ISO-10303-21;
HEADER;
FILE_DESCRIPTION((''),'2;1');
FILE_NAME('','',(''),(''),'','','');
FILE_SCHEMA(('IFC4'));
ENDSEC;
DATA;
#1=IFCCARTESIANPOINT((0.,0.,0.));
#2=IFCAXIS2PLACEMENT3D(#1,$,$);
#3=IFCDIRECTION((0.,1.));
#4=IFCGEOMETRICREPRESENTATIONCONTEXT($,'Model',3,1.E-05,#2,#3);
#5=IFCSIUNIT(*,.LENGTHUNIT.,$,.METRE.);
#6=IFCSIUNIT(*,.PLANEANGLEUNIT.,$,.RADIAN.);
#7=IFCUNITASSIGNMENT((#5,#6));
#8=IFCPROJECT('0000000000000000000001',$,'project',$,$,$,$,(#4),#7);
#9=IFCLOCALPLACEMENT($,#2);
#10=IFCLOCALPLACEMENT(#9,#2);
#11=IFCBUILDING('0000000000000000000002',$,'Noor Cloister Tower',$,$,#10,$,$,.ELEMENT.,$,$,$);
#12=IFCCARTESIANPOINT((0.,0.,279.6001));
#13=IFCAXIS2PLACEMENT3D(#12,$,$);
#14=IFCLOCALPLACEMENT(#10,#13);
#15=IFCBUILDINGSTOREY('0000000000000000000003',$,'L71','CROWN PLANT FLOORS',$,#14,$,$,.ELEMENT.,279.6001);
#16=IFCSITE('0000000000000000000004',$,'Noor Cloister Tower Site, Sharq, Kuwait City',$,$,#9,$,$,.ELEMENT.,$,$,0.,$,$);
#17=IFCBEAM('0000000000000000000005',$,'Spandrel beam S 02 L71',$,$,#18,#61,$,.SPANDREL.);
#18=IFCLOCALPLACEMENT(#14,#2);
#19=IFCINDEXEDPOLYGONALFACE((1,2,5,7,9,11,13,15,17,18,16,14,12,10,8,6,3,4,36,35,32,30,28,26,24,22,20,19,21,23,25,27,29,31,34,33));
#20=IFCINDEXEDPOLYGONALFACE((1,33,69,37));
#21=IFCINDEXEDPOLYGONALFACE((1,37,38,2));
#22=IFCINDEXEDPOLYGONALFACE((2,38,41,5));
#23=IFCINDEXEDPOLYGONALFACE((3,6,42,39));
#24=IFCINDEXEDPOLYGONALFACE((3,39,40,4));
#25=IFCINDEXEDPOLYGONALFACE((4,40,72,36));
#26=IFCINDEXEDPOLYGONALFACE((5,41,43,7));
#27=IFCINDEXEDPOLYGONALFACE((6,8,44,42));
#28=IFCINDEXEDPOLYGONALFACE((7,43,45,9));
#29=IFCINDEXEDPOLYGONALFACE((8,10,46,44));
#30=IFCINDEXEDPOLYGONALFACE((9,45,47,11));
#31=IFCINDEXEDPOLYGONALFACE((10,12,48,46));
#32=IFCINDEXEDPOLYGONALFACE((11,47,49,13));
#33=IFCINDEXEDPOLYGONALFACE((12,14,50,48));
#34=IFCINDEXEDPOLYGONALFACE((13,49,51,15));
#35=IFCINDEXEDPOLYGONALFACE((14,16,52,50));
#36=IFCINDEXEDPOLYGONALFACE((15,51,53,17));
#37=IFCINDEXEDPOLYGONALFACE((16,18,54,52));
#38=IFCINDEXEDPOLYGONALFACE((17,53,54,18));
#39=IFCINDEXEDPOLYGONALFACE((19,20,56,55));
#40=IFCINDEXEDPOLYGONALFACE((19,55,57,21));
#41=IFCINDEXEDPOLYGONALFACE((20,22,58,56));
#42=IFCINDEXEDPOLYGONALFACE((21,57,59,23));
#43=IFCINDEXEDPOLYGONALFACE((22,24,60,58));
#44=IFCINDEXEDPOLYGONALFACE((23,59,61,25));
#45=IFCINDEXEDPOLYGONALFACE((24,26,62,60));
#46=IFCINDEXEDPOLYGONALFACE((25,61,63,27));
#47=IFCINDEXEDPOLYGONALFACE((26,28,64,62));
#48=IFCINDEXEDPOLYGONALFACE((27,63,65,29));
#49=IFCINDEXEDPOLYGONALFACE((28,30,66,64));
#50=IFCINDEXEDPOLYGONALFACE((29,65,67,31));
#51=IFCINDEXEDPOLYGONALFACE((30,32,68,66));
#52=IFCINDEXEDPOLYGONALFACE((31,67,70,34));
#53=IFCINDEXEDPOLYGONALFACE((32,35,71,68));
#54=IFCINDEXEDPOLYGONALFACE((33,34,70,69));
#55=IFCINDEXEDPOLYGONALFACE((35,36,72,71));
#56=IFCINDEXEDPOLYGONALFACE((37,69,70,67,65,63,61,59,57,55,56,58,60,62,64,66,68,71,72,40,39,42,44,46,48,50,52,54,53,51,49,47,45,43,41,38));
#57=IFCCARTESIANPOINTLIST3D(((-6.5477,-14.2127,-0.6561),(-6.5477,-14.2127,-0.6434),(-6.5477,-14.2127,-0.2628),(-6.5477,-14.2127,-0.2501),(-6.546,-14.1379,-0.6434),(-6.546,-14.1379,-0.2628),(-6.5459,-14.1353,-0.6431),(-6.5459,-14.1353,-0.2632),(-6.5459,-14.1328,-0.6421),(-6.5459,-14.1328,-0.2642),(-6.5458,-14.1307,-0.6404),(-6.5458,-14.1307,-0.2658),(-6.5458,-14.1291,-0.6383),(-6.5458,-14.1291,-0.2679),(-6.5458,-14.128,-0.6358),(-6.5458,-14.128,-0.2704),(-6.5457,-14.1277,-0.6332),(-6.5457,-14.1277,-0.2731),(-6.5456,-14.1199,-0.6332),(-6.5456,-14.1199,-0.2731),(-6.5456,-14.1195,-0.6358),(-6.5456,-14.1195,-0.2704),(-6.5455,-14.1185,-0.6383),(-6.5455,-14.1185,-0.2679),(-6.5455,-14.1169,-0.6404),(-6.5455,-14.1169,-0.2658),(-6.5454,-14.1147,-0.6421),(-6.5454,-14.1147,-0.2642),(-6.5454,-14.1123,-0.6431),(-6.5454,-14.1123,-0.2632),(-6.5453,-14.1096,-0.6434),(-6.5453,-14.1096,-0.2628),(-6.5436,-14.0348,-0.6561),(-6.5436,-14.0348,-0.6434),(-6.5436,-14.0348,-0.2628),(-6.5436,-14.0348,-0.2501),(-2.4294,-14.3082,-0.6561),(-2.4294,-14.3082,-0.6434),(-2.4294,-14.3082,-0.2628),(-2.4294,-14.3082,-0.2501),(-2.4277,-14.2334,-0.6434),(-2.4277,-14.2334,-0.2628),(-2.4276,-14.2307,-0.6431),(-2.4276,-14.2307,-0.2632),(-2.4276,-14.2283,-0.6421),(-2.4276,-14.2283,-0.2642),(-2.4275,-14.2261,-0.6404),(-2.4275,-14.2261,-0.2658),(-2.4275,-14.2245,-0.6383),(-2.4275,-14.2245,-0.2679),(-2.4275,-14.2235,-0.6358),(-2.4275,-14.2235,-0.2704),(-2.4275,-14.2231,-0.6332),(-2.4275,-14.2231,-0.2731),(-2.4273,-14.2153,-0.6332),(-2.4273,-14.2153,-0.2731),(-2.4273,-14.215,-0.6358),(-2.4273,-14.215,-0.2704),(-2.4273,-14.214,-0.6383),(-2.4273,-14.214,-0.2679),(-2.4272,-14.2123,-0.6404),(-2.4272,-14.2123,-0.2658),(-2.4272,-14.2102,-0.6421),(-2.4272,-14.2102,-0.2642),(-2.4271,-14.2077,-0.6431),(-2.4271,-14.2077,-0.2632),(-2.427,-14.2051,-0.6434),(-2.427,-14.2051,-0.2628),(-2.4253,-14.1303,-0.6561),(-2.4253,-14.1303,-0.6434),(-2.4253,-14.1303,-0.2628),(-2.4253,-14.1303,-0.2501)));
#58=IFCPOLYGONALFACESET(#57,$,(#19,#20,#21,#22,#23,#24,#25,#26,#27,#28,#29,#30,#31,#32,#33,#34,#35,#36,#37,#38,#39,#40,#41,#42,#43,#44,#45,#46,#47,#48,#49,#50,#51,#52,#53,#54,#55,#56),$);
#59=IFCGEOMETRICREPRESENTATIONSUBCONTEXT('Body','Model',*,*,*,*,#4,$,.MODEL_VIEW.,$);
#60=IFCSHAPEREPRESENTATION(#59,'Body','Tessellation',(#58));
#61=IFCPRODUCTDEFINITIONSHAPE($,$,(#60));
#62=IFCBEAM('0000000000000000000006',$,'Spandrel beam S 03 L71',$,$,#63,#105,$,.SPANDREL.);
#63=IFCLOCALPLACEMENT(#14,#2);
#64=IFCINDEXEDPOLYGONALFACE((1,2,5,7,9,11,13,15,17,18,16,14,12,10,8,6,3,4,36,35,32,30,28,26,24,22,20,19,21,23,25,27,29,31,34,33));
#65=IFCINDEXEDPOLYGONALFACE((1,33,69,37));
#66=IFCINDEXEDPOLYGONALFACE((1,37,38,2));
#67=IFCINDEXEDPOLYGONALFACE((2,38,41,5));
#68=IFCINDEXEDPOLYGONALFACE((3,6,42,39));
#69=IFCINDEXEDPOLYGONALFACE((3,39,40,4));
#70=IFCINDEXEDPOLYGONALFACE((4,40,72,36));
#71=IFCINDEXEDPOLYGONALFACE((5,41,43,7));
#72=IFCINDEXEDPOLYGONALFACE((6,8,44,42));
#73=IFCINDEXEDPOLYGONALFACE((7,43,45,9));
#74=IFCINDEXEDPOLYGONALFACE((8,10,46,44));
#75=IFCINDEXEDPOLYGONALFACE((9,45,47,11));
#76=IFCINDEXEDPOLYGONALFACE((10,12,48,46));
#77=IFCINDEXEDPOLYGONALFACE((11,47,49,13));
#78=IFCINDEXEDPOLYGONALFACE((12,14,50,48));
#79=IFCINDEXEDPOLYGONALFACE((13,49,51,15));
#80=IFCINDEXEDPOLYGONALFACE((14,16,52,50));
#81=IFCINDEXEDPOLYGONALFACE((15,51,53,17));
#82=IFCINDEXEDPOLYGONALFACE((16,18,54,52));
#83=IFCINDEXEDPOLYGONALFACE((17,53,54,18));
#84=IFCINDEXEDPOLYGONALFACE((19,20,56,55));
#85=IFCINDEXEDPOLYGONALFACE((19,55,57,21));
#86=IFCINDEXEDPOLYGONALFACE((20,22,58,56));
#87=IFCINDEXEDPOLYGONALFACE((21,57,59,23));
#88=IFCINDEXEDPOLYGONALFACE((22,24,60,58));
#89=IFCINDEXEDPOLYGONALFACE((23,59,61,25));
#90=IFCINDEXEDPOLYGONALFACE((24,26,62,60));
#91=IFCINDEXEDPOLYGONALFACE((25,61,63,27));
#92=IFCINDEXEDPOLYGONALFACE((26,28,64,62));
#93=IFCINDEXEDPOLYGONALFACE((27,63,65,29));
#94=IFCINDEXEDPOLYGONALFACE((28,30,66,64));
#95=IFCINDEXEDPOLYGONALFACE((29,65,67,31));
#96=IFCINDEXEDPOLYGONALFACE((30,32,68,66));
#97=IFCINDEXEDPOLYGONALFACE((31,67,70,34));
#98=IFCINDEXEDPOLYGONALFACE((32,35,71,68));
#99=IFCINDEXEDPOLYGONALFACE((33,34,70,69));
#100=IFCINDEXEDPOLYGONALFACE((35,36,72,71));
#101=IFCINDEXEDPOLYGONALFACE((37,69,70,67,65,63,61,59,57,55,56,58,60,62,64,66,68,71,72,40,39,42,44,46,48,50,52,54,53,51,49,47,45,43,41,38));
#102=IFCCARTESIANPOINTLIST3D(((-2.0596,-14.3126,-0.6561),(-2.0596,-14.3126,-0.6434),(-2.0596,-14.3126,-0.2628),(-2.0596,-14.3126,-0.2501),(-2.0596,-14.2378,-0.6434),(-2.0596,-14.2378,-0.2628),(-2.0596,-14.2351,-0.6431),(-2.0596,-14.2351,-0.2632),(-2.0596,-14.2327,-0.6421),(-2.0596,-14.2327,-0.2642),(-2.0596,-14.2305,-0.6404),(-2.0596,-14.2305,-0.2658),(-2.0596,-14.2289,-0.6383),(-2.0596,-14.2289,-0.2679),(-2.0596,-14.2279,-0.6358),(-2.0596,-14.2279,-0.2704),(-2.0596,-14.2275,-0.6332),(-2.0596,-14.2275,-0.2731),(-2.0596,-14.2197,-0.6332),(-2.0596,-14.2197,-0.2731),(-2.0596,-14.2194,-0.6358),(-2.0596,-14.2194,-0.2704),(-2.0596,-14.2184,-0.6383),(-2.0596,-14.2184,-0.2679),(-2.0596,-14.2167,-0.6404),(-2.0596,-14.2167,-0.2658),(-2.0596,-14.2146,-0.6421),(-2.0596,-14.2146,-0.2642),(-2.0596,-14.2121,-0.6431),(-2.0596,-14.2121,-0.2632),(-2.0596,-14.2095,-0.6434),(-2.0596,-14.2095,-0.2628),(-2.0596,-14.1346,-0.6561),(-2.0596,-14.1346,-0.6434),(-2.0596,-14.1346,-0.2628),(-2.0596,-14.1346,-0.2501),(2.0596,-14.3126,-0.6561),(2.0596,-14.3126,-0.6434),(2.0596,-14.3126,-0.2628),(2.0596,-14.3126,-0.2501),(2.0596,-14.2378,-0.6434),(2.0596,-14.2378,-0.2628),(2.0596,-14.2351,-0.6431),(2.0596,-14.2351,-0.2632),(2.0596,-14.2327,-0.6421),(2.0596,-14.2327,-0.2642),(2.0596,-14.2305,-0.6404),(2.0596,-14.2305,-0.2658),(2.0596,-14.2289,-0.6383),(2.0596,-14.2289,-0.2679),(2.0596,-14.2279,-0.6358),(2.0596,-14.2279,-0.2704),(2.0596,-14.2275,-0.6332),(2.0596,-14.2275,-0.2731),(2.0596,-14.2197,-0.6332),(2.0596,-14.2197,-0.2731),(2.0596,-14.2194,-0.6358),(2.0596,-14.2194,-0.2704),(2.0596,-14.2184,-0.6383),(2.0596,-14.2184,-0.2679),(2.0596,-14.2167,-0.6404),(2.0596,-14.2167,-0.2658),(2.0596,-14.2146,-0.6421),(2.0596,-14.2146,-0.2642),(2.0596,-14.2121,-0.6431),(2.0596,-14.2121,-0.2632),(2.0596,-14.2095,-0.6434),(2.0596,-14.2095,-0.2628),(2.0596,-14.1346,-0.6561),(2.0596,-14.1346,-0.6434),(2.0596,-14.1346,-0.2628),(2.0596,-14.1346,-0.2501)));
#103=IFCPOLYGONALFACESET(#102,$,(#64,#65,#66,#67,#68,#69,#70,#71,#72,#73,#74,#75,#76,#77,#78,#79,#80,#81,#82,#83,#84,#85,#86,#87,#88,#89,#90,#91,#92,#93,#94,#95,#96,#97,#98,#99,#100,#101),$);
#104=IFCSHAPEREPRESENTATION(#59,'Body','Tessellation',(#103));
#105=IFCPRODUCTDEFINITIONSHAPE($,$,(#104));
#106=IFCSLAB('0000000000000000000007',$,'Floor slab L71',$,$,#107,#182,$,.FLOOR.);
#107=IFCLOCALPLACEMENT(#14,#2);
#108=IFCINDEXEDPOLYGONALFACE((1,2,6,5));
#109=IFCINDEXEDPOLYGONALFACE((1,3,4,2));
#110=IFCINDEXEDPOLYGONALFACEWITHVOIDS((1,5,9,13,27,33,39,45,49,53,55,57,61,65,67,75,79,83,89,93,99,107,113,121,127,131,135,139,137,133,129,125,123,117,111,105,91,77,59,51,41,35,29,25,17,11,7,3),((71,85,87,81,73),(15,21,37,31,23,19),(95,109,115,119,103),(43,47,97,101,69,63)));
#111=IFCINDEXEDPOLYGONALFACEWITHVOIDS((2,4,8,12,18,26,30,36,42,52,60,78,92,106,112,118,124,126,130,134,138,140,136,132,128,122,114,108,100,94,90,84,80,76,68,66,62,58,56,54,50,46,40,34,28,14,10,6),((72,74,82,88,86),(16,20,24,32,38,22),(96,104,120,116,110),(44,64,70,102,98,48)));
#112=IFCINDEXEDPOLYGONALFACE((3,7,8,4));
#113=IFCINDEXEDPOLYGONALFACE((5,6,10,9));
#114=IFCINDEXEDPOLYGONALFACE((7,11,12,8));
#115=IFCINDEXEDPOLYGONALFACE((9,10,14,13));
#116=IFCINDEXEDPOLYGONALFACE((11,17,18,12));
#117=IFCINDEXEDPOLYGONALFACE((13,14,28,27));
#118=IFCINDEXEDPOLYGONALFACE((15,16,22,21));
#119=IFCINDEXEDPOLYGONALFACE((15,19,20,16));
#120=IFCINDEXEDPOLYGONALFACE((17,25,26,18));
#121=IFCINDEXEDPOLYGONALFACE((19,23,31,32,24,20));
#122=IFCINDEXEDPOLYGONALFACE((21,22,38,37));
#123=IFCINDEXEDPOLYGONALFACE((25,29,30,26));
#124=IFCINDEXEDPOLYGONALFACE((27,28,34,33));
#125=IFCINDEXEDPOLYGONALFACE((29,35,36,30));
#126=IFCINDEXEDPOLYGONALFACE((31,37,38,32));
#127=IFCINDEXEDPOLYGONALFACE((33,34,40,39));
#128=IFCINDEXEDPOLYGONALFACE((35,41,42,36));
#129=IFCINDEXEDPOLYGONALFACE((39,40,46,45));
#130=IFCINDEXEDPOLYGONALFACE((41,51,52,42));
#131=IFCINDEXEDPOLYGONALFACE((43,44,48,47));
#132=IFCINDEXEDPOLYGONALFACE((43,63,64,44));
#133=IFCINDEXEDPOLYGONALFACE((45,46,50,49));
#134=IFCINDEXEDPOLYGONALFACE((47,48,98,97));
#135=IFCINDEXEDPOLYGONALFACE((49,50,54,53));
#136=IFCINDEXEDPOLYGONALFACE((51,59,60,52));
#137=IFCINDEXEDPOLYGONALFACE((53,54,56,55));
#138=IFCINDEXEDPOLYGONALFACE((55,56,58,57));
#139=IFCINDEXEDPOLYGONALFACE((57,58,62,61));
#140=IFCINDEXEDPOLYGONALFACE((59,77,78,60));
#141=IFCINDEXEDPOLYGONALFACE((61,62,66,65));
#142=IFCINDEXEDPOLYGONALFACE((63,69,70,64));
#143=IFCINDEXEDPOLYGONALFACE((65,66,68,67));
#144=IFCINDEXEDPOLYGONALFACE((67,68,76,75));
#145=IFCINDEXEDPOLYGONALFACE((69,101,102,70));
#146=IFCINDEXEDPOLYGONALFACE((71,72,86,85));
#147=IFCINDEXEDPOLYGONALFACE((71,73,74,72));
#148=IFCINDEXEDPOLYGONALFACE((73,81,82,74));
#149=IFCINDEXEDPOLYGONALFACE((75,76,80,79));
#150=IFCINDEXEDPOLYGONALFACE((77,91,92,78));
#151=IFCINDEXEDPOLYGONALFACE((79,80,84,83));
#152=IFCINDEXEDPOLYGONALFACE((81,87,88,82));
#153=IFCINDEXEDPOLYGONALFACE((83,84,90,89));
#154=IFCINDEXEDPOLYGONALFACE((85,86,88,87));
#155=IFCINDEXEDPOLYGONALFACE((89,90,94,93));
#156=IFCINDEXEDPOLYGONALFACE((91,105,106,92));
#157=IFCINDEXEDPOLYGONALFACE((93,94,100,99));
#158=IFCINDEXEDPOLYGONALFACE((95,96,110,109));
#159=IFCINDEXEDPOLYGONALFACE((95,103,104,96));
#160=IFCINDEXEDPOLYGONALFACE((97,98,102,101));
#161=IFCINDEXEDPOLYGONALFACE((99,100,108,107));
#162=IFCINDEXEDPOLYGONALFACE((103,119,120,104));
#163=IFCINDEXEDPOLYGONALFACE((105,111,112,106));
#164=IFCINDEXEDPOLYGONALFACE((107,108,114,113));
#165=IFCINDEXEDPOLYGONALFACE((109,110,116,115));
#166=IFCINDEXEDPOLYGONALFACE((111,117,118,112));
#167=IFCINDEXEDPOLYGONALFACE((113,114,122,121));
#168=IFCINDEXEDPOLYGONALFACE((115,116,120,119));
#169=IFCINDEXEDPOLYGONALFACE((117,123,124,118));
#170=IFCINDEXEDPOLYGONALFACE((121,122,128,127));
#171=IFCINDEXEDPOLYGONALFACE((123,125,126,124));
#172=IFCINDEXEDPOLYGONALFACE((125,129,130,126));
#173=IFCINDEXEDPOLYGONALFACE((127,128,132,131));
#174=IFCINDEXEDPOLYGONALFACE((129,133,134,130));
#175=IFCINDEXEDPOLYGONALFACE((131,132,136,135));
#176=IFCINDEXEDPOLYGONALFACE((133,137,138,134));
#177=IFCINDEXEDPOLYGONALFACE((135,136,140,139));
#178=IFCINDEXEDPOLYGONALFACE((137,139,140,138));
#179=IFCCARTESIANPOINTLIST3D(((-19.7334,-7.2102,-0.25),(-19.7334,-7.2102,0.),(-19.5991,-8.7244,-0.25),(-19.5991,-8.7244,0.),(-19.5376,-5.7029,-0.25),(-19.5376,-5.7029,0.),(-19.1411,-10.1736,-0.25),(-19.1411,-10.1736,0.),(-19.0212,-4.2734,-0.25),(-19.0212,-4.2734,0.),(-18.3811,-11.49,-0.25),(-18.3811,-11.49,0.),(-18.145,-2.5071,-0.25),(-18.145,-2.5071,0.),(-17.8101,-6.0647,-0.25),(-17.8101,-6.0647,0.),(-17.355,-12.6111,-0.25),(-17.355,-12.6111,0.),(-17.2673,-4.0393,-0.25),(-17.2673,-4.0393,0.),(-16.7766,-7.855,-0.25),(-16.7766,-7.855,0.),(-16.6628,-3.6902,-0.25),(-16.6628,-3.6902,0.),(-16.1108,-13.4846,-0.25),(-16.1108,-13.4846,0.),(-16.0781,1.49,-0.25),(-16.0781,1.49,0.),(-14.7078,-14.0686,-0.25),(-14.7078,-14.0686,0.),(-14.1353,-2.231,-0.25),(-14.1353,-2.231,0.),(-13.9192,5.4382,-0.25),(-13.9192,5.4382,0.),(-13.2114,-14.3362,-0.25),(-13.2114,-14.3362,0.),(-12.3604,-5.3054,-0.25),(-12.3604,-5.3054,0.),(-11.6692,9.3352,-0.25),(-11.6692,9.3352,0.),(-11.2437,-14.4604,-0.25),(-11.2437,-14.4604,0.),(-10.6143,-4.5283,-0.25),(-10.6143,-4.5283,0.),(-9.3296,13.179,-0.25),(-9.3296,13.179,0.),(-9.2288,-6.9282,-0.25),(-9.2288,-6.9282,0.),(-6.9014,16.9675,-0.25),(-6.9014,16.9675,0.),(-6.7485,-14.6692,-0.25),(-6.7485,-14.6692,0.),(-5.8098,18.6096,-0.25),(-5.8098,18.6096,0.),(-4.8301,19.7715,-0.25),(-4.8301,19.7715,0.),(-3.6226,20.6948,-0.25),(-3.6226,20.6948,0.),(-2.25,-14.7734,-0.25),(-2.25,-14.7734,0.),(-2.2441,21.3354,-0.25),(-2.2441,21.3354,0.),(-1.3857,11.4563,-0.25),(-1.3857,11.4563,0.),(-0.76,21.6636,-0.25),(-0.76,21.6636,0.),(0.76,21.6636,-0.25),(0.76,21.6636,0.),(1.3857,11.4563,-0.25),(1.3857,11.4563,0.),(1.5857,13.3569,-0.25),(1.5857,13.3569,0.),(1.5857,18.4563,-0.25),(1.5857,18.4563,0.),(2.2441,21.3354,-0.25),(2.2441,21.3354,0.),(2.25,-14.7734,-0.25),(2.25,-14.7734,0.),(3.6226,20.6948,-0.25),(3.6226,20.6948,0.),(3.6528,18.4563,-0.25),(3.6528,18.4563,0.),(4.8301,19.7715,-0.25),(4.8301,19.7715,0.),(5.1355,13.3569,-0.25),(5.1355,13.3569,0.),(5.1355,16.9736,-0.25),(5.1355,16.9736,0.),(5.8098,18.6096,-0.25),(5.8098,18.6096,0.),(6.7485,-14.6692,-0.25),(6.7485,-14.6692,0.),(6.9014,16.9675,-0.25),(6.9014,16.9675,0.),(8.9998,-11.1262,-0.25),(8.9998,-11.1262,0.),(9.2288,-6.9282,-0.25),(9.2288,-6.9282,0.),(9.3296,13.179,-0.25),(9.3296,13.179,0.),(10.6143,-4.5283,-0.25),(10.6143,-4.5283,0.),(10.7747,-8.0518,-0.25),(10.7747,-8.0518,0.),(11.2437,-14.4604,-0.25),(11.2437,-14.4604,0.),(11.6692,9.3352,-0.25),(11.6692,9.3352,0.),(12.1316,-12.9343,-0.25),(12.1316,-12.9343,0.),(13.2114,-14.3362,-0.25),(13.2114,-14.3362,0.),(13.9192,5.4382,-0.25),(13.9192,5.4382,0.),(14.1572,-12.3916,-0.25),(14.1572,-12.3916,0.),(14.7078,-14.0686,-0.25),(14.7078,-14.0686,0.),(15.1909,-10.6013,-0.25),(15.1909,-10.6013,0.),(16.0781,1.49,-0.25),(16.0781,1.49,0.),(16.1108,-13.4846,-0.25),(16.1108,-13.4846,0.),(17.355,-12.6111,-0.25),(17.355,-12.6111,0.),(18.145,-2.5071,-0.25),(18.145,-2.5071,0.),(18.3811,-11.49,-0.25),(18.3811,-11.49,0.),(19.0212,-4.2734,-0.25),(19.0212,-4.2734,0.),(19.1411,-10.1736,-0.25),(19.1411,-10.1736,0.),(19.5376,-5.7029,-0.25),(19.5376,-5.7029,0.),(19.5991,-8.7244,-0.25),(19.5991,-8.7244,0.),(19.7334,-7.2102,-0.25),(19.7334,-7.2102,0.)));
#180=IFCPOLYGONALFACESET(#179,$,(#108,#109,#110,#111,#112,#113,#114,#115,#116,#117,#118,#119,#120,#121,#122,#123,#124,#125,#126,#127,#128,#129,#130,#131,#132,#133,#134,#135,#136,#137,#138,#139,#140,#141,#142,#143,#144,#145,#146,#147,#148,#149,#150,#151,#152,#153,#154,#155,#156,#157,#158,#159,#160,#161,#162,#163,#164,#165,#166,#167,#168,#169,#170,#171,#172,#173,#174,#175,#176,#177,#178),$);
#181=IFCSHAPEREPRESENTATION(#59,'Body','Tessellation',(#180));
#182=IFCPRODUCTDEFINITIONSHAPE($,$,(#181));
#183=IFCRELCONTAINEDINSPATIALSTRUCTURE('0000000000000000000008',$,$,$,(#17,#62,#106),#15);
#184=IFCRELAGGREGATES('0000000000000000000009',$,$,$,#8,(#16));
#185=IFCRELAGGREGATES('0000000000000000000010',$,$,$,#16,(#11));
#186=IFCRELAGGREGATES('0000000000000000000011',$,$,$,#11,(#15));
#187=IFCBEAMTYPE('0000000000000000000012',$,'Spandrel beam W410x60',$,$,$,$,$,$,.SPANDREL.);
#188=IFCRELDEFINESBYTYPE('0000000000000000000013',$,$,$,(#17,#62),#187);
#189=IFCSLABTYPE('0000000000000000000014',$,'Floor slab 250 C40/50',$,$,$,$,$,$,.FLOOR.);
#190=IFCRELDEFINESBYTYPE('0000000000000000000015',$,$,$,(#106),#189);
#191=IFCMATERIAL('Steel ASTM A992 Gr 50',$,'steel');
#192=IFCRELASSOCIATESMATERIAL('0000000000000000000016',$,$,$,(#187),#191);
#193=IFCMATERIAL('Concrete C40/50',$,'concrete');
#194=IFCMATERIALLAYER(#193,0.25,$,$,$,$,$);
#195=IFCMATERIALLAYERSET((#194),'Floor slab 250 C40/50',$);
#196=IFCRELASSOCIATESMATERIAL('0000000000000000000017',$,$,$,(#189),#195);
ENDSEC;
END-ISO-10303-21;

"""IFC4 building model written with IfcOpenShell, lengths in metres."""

from ifc_helpers import new_model, si_unit, direction, frame, origin, origin_2d, place, context, subcontext, project, spatial, polyline, i_section, outline, extrude, material, layer, layer_set, material_profile, profile_set, type_object, element, save


model = new_model("IFC4")

# Units and contexts
model_context = context("Model", 3, precision=1e-05, world=origin(), true_north=direction((0.0, 1.0)))
body_context = subcontext(model_context, "Body", "Model", "MODEL_VIEW")
ifc_project = project(units=[si_unit("LENGTHUNIT", "METRE"), si_unit("PLANEANGLEUNIT", "RADIAN")], contexts=[model_context])

# Site, building, storey
site_placement = place(None, origin())
site = spatial("IfcSite", under=ifc_project, at=site_placement, Name="Noor Cloister Tower Site, Sharq, Kuwait City", CompositionType="ELEMENT", RefElevation=0.0)
building_placement = place(site_placement, origin())
building = spatial("IfcBuilding", under=site, at=building_placement, Name="Noor Cloister Tower", CompositionType="ELEMENT")
storey_placement = place(building_placement, frame((0.0, 0.0, 279.6001)))
storey = spatial("IfcBuildingStorey", under=building, at=storey_placement, Name="L71", Description="CROWN PLANT FLOORS", CompositionType="ELEMENT", Elevation=279.6001)

# Beams
ifc_material_1 = material(Name="Steel ASTM A992 Gr 50", Category="steel")
ifc_material_profile_1 = material_profile(ifc_material_1, i_section(OverallWidth=0.178, OverallDepth=0.406, WebThickness=0.0078, FlangeThickness=0.0127, FilletRadius=0.0103, at=origin_2d()), Name="W410x60")
ifc_profile_set_1 = profile_set([ifc_material_profile_1], Name="Steel ASTM A992 Gr 50")
beam_type_1 = type_object("IfcBeamType", Name="Spandrel beam W410x60", PredefinedType="SPANDREL", material=ifc_profile_set_1)
beam_1_placement = place(storey_placement, frame((-6.5457, -14.1238, -0.4531), z_axis=(0.999731, -0.023174, 0.0), x_axis=(0.023174, 0.999731, 0.0)))
element("IfcBeam", 1, at=beam_1_placement, inside=storey, type_object=beam_type_1, Name="Spandrel beam S 02 L71", PredefinedType="SPANDREL", context=body_context, shape_type="SweptSolid", body=[
    extrude(i_section(OverallWidth=0.178, OverallDepth=0.406, WebThickness=0.0078, FlangeThickness=0.0127, FilletRadius=0.0103, at=origin_2d()), origin(), (0.0, 0.0, 1.0), 4.1194),
])
beam_2_placement = place(storey_placement, frame((-2.0596, -14.2236, -0.4531), z_axis=(1.0, 0.0, 0.0), x_axis=(0.0, 1.0, 0.0)))
element("IfcBeam", 2, at=beam_2_placement, inside=storey, type_object=beam_type_1, Name="Spandrel beam S 03 L71", PredefinedType="SPANDREL", context=body_context, shape_type="SweptSolid", body=[
    extrude(i_section(OverallWidth=0.178, OverallDepth=0.406, WebThickness=0.0078, FlangeThickness=0.0127, FilletRadius=0.0103, at=origin_2d()), origin(), (0.0, 0.0, 1.0), 4.1191),
])

# Slab
ifc_material_2 = material(Name="Concrete C40/50", Category="concrete")
ifc_layer_1 = layer(ifc_material_2, 0.25)
ifc_layer_set_1 = layer_set([ifc_layer_1], Name="Floor slab 250 C40/50")
slab_type = type_object("IfcSlabType", Name="Floor slab 250 C40/50", PredefinedType="FLOOR", material=ifc_layer_set_1)
slab_placement = place(storey_placement, frame((0.0, 0.0, -0.25)))
element("IfcSlab", 3, at=slab_placement, inside=storey, type_object=slab_type, Name="Floor slab L71", PredefinedType="FLOOR", context=body_context, shape_type="SweptSolid", body=[
    extrude(outline(polyline([(5.8098, 18.6096), (4.8301, 19.7715), (3.6226, 20.6948), (2.2441, 21.3354), (0.76, 21.6636), (-0.76, 21.6636), (-2.2441, 21.3354), (-3.6226, 20.6948), (-4.8301, 19.7715), (-5.8098, 18.6096), (-6.9014, 16.9675), (-9.3296, 13.179), (-11.6692, 9.3352), (-13.9192, 5.4382), (-16.0781, 1.49), (-18.145, -2.5071), (-19.0212, -4.2734), (-19.5376, -5.7029), (-19.7334, -7.2102), (-19.5991, -8.7244), (-19.1411, -10.1736), (-18.3811, -11.49), (-17.355, -12.6111), (-16.1108, -13.4846), (-14.7078, -14.0686), (-13.2114, -14.3362), (-11.2437, -14.4604), (-6.7485, -14.6692), (-2.25, -14.7734), (2.25, -14.7734), (6.7485, -14.6692), (11.2437, -14.4604), (13.2114, -14.3362), (14.7078, -14.0686), (16.1108, -13.4846), (17.355, -12.6111), (18.3811, -11.49), (19.1411, -10.1736), (19.5991, -8.7244), (19.7334, -7.2102), (19.5376, -5.7029), (19.0212, -4.2734), (18.145, -2.5071), (16.0781, 1.49), (13.9192, 5.4382), (11.6692, 9.3352), (9.3296, 13.179), (6.9014, 16.9675), (5.8098, 18.6096)]), holes=[polyline([(8.9998, -11.1262), (12.1316, -12.9343), (14.1572, -12.3916), (15.1909, -10.6013), (10.7747, -8.0518), (8.9998, -11.1262)]), polyline([(-17.8101, -6.0647), (-16.7766, -7.855), (-12.3604, -5.3054), (-14.1353, -2.231), (-16.6628, -3.6902), (-17.2673, -4.0393), (-17.8101, -6.0647)]), polyline([(-10.6143, -4.5283), (-9.2288, -6.9282), (9.2288, -6.9282), (10.6143, -4.5283), (1.3857, 11.4563), (-1.3857, 11.4563), (-10.6143, -4.5283)]), polyline([(3.6528, 18.4563), (1.5857, 18.4563), (1.5857, 13.3569), (5.1355, 13.3569), (5.1355, 16.9736), (3.6528, 18.4563)])]), origin(), (0.0, 0.0, 1.0), 0.25),
])

save(model, "model.ifc")
